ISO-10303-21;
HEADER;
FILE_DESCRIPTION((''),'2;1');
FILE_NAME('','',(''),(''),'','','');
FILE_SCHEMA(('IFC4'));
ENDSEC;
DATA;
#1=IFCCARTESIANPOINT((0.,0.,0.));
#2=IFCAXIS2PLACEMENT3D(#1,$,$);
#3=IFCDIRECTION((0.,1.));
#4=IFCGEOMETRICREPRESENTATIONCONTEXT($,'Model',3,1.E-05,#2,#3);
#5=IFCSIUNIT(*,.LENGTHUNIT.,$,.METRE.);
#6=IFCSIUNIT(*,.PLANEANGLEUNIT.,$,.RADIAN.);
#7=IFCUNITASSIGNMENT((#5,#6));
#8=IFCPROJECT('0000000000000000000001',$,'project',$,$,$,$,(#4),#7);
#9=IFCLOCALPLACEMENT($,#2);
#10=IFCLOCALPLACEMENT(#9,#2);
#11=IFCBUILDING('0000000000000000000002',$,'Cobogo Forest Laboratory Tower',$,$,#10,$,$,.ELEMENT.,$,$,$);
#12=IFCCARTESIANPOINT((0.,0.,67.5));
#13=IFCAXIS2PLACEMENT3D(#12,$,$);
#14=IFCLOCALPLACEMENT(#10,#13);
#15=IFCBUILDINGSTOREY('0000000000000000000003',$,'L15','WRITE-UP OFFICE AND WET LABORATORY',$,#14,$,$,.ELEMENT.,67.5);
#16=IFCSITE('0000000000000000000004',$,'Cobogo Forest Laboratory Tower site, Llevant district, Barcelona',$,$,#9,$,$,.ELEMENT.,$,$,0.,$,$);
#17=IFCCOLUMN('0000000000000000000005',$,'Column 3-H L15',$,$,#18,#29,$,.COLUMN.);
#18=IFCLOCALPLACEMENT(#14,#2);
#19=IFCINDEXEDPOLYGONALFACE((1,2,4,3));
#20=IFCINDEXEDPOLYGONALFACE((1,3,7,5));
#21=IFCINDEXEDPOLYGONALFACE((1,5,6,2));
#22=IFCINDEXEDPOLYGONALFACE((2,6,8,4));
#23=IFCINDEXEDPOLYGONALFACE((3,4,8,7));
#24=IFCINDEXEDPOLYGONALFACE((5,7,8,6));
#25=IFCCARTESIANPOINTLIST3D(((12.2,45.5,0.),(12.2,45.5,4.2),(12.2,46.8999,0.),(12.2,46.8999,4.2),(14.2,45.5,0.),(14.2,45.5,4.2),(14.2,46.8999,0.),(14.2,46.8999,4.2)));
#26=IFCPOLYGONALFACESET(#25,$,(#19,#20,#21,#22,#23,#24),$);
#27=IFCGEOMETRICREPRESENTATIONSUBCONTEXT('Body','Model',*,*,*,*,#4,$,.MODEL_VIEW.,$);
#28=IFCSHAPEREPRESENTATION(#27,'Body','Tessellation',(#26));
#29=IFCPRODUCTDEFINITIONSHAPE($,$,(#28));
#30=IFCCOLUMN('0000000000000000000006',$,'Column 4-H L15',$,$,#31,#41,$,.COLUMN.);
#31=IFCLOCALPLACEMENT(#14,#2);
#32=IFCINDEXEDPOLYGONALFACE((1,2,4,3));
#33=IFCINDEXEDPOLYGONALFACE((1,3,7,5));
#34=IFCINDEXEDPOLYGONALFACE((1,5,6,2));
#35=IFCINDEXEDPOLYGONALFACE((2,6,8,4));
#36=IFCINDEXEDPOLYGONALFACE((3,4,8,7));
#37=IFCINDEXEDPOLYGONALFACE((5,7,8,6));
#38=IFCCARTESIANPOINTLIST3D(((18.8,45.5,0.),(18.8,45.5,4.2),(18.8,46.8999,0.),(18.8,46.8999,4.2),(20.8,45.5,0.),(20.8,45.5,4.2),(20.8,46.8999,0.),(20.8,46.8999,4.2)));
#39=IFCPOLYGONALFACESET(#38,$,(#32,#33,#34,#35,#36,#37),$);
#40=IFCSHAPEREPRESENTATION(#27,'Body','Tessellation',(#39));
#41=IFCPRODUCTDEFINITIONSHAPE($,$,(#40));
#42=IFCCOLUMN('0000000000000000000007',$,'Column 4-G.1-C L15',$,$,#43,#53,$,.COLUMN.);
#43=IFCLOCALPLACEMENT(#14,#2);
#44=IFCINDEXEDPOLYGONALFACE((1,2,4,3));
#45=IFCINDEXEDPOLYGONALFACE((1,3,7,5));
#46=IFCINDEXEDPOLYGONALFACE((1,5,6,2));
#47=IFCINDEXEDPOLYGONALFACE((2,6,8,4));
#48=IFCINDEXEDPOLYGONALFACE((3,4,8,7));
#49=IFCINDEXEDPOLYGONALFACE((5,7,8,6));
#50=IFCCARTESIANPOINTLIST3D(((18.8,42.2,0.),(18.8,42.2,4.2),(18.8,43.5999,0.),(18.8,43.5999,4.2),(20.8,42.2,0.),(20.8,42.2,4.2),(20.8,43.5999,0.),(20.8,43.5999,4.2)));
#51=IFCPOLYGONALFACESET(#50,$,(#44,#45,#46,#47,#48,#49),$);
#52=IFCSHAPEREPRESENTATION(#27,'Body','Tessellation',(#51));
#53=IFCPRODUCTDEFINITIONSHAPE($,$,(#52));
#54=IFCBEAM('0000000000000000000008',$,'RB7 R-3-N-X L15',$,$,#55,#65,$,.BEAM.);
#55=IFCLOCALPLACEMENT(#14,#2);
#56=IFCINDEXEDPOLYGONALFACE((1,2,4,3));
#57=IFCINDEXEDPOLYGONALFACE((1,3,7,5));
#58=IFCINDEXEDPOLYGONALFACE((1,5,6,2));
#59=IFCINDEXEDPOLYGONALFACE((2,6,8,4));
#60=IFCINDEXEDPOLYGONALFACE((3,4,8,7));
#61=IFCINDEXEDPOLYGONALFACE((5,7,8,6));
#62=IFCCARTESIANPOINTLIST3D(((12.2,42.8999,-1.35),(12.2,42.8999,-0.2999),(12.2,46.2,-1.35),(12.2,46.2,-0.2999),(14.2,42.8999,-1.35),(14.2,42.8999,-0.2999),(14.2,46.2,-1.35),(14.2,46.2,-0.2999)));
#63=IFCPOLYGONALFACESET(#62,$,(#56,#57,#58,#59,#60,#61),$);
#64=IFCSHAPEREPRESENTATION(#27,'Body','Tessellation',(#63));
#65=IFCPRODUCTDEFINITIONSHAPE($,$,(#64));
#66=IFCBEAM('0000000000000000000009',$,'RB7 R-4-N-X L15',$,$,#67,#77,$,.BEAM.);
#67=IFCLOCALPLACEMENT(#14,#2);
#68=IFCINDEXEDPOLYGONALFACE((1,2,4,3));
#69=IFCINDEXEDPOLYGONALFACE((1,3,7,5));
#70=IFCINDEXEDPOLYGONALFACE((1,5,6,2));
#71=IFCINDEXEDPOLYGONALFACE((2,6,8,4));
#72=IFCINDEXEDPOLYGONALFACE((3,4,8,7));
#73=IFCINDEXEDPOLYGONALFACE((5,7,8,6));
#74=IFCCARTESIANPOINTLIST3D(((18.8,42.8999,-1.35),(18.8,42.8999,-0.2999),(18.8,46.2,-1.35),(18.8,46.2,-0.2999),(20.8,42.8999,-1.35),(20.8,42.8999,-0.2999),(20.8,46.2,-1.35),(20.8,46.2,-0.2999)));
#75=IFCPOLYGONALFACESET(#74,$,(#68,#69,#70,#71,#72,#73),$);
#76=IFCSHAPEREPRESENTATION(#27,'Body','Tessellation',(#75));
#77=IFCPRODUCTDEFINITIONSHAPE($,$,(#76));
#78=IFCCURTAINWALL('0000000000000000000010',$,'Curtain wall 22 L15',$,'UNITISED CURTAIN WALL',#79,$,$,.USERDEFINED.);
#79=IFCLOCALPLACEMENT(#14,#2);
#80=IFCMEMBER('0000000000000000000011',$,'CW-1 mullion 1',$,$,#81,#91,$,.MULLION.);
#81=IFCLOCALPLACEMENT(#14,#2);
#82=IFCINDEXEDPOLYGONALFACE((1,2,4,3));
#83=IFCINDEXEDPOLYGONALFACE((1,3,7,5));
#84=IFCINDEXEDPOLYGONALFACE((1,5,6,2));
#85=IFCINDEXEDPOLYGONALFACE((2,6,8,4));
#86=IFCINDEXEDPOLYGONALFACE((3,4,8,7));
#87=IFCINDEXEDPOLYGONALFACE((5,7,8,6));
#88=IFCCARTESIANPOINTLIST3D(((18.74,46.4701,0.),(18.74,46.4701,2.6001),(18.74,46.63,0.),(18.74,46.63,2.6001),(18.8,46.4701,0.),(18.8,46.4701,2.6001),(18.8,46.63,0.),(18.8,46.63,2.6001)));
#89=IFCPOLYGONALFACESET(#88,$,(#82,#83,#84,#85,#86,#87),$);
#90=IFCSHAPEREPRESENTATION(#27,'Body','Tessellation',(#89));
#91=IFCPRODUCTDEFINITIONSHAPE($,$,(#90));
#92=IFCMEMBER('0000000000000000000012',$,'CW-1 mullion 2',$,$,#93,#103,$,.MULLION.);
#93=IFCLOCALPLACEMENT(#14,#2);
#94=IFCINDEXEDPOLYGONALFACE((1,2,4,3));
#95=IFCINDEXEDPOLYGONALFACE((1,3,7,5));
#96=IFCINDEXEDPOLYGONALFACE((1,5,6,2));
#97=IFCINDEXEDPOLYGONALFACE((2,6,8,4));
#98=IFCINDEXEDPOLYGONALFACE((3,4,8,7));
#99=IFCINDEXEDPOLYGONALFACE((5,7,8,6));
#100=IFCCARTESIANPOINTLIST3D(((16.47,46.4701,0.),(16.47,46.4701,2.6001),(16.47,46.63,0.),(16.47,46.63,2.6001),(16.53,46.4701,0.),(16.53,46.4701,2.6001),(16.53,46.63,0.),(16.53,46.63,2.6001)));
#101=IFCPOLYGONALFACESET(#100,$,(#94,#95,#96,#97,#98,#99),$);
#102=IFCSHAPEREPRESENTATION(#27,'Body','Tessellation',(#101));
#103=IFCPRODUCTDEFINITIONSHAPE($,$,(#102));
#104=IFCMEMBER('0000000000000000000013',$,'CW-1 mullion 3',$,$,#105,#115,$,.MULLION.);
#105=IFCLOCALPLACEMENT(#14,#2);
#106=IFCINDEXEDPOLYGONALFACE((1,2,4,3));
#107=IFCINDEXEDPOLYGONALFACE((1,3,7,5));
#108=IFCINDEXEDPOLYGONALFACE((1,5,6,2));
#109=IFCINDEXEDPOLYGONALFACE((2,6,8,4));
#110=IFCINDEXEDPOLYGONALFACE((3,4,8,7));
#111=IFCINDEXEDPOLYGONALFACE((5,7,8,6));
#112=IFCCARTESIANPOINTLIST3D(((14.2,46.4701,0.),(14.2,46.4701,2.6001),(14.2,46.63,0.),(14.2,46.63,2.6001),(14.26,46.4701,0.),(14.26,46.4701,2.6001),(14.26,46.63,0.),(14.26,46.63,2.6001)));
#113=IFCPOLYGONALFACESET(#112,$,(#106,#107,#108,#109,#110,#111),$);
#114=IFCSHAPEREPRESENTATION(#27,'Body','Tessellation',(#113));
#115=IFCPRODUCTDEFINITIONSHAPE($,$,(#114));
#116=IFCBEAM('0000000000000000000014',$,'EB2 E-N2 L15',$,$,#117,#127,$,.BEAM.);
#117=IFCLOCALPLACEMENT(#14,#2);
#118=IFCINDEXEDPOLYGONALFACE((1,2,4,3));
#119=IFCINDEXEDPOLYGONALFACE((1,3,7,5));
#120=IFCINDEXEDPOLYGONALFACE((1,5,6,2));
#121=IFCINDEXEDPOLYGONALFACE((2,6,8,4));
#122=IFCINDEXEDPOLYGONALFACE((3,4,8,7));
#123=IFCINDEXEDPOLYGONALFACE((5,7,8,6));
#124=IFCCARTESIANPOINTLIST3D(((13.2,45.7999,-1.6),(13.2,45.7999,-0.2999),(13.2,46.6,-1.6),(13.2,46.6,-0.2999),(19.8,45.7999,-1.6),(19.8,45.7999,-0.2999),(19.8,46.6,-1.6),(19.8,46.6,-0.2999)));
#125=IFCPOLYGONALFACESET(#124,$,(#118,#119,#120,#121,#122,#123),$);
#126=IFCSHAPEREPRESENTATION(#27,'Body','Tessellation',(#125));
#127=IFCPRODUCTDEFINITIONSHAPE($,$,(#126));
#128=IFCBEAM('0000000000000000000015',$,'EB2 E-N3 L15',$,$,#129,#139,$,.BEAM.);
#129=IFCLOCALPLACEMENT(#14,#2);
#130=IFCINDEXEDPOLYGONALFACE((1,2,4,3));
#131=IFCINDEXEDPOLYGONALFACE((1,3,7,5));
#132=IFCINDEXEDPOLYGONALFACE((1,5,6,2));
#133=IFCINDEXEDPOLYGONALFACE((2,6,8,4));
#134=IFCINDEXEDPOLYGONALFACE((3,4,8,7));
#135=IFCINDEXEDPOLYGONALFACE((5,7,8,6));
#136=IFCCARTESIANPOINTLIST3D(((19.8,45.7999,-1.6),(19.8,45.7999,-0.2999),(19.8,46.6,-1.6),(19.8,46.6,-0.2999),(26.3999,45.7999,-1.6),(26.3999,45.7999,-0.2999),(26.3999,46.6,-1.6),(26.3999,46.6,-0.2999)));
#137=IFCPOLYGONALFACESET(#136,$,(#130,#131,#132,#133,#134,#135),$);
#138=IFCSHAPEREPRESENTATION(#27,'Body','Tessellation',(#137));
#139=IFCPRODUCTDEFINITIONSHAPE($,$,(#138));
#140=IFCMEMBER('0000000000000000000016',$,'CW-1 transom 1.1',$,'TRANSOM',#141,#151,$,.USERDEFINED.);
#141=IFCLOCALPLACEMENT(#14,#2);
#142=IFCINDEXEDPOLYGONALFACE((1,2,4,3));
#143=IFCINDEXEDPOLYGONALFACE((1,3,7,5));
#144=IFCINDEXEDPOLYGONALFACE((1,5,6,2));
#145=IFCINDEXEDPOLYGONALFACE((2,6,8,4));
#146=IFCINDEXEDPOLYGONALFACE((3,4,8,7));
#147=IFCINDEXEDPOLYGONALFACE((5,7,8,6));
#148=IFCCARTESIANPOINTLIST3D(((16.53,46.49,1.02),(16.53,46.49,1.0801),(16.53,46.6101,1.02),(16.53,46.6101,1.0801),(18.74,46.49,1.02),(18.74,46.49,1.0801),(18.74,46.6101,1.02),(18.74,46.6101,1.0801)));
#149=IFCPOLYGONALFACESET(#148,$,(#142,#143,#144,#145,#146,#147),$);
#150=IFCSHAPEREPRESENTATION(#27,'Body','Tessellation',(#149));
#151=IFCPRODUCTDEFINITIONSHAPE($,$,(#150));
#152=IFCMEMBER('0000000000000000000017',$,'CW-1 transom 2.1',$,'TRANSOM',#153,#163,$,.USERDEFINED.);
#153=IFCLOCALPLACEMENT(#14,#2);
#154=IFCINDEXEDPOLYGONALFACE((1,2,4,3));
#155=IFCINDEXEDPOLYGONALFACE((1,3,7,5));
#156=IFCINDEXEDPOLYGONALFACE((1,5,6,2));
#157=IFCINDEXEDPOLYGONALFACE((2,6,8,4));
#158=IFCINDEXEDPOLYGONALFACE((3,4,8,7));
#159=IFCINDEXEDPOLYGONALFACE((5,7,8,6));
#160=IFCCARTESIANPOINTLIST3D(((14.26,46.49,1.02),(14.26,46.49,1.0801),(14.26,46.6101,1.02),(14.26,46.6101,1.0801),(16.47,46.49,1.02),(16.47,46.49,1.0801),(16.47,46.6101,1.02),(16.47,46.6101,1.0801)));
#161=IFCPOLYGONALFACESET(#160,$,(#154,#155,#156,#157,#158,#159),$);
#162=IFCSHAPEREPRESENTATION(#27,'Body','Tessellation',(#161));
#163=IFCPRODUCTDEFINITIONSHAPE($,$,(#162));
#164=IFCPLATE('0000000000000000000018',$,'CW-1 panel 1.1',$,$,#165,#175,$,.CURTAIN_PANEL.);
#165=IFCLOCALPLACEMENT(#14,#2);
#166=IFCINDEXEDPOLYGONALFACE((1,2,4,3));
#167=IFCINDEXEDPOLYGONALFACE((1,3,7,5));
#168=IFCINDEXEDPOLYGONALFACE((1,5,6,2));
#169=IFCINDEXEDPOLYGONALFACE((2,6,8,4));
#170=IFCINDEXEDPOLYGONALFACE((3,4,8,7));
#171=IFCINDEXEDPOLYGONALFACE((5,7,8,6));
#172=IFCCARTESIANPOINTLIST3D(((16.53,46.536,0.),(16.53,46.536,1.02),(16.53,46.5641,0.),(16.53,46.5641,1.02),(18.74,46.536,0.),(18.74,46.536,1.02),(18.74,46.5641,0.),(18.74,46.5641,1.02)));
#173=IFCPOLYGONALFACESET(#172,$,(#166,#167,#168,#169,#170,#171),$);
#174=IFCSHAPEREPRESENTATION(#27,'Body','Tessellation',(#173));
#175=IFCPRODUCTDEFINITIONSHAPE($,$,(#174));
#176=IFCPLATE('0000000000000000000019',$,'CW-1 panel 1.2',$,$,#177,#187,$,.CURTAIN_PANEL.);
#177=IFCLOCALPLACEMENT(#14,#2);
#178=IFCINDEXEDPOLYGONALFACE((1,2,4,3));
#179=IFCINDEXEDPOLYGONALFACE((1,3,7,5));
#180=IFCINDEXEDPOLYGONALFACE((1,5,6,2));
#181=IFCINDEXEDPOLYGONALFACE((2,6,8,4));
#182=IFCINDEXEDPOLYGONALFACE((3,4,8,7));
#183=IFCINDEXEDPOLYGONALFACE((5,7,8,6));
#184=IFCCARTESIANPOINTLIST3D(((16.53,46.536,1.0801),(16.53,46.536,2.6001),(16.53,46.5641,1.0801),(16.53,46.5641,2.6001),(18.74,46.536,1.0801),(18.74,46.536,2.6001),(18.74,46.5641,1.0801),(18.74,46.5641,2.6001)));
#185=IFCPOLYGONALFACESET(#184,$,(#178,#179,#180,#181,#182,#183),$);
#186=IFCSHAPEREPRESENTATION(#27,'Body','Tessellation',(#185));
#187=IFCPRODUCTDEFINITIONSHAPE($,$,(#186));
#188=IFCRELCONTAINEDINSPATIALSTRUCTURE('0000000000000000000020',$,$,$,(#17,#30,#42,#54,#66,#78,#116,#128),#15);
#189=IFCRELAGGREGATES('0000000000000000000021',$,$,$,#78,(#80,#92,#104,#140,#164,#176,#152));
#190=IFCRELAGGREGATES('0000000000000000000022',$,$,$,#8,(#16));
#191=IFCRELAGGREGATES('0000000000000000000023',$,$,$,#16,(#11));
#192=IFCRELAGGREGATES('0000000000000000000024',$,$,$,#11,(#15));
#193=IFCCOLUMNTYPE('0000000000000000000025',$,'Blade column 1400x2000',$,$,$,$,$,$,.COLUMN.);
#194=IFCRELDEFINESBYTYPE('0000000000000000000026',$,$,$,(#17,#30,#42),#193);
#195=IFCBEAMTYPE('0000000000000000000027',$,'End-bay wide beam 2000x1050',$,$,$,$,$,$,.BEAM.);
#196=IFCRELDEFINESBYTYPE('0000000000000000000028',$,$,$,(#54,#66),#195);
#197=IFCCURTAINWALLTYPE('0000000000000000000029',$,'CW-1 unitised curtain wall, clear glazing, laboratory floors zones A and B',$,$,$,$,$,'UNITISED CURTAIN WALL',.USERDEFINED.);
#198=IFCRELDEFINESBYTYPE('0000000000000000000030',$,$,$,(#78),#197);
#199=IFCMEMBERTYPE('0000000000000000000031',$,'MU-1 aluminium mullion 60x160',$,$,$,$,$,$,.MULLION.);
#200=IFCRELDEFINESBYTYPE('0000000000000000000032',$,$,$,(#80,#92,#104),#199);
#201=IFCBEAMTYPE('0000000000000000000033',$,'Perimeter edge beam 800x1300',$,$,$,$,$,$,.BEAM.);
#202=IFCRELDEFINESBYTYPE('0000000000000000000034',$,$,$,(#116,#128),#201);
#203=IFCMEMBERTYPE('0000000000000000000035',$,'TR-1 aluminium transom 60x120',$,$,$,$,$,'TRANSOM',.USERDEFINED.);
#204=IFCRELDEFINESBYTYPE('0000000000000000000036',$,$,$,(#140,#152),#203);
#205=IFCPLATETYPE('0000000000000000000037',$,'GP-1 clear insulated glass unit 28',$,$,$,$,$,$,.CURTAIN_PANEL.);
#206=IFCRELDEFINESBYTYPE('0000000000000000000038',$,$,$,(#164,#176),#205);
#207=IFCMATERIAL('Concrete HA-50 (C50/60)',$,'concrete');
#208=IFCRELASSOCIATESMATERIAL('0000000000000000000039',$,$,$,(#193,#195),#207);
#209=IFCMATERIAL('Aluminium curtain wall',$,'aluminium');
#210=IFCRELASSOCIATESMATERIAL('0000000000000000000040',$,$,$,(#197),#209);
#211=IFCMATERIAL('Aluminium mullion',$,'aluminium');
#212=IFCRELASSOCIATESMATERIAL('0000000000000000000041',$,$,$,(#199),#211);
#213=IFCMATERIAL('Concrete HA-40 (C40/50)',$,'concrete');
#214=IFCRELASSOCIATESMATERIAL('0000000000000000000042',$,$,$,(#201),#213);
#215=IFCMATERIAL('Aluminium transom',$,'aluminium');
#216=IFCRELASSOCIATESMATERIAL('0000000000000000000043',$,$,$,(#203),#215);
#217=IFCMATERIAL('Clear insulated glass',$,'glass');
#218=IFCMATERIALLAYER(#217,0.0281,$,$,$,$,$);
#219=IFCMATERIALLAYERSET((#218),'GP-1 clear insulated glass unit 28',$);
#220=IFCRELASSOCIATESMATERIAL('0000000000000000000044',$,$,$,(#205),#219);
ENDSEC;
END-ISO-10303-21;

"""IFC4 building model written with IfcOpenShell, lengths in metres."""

from ifc_helpers import new_model, si_unit, direction, frame, origin, origin_2d, place, context, subcontext, project, spatial, rectangle, extrude, material, layer, layer_set, material_profile, profile_set, type_object, element, aggregate, save


model = new_model("IFC4")

# Units and contexts
model_context = context("Model", 3, precision=1e-05, world=origin(), true_north=direction((0.0, 1.0)))
body_context = subcontext(model_context, "Body", "Model", "MODEL_VIEW")
ifc_project = project(units=[si_unit("LENGTHUNIT", "METRE"), si_unit("PLANEANGLEUNIT", "RADIAN")], contexts=[model_context])

# Site, building, storey
site_placement = place(None, origin())
site = spatial("IfcSite", under=ifc_project, at=site_placement, Name="Cobogo Forest Laboratory Tower site, Llevant district, Barcelona", CompositionType="ELEMENT", RefElevation=0.0)
building_placement = place(site_placement, origin())
building = spatial("IfcBuilding", under=site, at=building_placement, Name="Cobogo Forest Laboratory Tower", CompositionType="ELEMENT")
storey_placement = place(building_placement, frame((0.0, 0.0, 67.5)))
storey = spatial("IfcBuildingStorey", under=building, at=storey_placement, Name="L15", Description="WRITE-UP OFFICE AND WET LABORATORY", CompositionType="ELEMENT", Elevation=67.5)

# Columns
ifc_material_1 = material(Name="Concrete HA-50 (C50/60)", Category="concrete")
ifc_material_profile_1 = material_profile(ifc_material_1, rectangle(XDim=2.0, YDim=1.3999, at=origin_2d()), Name="RC 1400x2000")
ifc_profile_set_1 = profile_set([ifc_material_profile_1], Name="Concrete HA-50 (C50/60)")
column_type = type_object("IfcColumnType", Name="Blade column 1400x2000", PredefinedType="COLUMN", material=ifc_profile_set_1)
for number, where, z_axis, x_axis, name in (
    (1, (13.2, 46.2, 0.0), (0.0, 0.0, 1.0), (1.0, 0.0, 0.0), "Column 3-H L15"),
    (2, (19.8, 46.2, 0.0), (0.0, 0.0, 1.0), (1.0, 0.0, 0.0), "Column 4-H L15"),
    (3, (19.8, 42.8999, 0.0), (0.0, 0.0, 1.0), (1.0, 0.0, 0.0), "Column 4-G.1-C L15"),
):
    element("IfcColumn", number, at=place(storey_placement, frame(where, z_axis=z_axis, x_axis=x_axis)), inside=storey, type_object=column_type, Name=name, PredefinedType="COLUMN", context=body_context, shape_type="SweptSolid", body=[
        extrude(rectangle(XDim=2.0, YDim=1.3999, at=origin_2d()), origin(), (0.0, 0.0, 1.0), 4.2),
    ])

# Beams
ifc_material_profile_2 = material_profile(ifc_material_1, rectangle(XDim=2.0, YDim=1.05, at=origin_2d()), Name="RC 2000x1050")
ifc_profile_set_2 = profile_set([ifc_material_profile_2], Name="Concrete HA-50 (C50/60)")
beam_type_1 = type_object("IfcBeamType", Name="End-bay wide beam 2000x1050", PredefinedType="BEAM", material=ifc_profile_set_2)
for number, where, z_axis, x_axis, name in (
    (4, (13.2, 46.2, -0.825), (0.0, -1.0, 0.0), (1.0, 0.0, 0.0), "RB7 R-3-N-X L15"),
    (5, (19.8, 46.2, -0.825), (0.0, -1.0, 0.0), (1.0, 0.0, 0.0), "RB7 R-4-N-X L15"),
):
    element("IfcBeam", number, at=place(storey_placement, frame(where, z_axis=z_axis, x_axis=x_axis)), inside=storey, type_object=beam_type_1, Name=name, PredefinedType="BEAM", context=body_context, shape_type="SweptSolid", body=[
        extrude(rectangle(XDim=2.0, YDim=1.05, at=origin_2d()), origin(), (0.0, 0.0, 1.0), 3.3),
    ])

# Curtain wall, members
ifc_material_2 = material(Name="Aluminium curtain wall", Category="aluminium")
curtain_wall_type = type_object("IfcCurtainWallType", Name="CW-1 unitised curtain wall, clear glazing, laboratory floors zones A and B", ElementType="UNITISED CURTAIN WALL", PredefinedType="USERDEFINED", material=ifc_material_2)
curtain_wall_placement = place(storey_placement, origin())
curtain_wall = element("IfcCurtainWall", 6, at=curtain_wall_placement, inside=storey, type_object=curtain_wall_type, Name="Curtain wall 22 L15", ObjectType="UNITISED CURTAIN WALL", PredefinedType="USERDEFINED")
ifc_material_3 = material(Name="Aluminium mullion", Category="aluminium")
ifc_material_profile_3 = material_profile(ifc_material_3, rectangle(XDim=0.0601, YDim=0.1599, at=origin_2d()), Name="AL 60x160")
ifc_profile_set_3 = profile_set([ifc_material_profile_3], Name="Aluminium mullion")
member_type_1 = type_object("IfcMemberType", Name="MU-1 aluminium mullion 60x160", PredefinedType="MULLION", material=ifc_profile_set_3)
member_1_placement = place(storey_placement, frame((18.77, 46.55, 0.0), z_axis=(0.0, 0.0, 1.0), x_axis=(-1.0, 0.0, 0.0)))
member_1 = element("IfcMember", 7, at=member_1_placement, type_object=member_type_1, Name="CW-1 mullion 1", PredefinedType="MULLION", context=body_context, shape_type="SweptSolid", body=[
    extrude(rectangle(XDim=0.0601, YDim=0.1599, at=origin_2d()), origin(), (0.0, 0.0, 1.0), 2.6001),
])
member_2_placement = place(storey_placement, frame((16.5, 46.55, 0.0), z_axis=(0.0, 0.0, 1.0), x_axis=(-1.0, 0.0, 0.0)))
member_2 = element("IfcMember", 8, at=member_2_placement, type_object=member_type_1, Name="CW-1 mullion 2", PredefinedType="MULLION", context=body_context, shape_type="SweptSolid", body=[
    extrude(rectangle(XDim=0.0601, YDim=0.1599, at=origin_2d()), origin(), (0.0, 0.0, 1.0), 2.6001),
])
member_3_placement = place(storey_placement, frame((14.23, 46.55, 0.0), z_axis=(0.0, 0.0, 1.0), x_axis=(-1.0, 0.0, 0.0)))
member_3 = element("IfcMember", 9, at=member_3_placement, type_object=member_type_1, Name="CW-1 mullion 3", PredefinedType="MULLION", context=body_context, shape_type="SweptSolid", body=[
    extrude(rectangle(XDim=0.0601, YDim=0.1599, at=origin_2d()), origin(), (0.0, 0.0, 1.0), 2.6001),
])

# Beams
ifc_material_4 = material(Name="Concrete HA-40 (C40/50)", Category="concrete")
ifc_material_profile_4 = material_profile(ifc_material_4, rectangle(XDim=0.8, YDim=1.3, at=origin_2d()), Name="RC 800x1300")
ifc_profile_set_4 = profile_set([ifc_material_profile_4], Name="Concrete HA-40 (C40/50)")
beam_type_2 = type_object("IfcBeamType", Name="Perimeter edge beam 800x1300", PredefinedType="BEAM", material=ifc_profile_set_4)
beam_1_placement = place(storey_placement, frame((13.2, 46.2, -0.95), z_axis=(1.0, 0.0, 0.0), x_axis=(0.0, 1.0, 0.0)))
element("IfcBeam", 10, at=beam_1_placement, inside=storey, type_object=beam_type_2, Name="EB2 E-N2 L15", PredefinedType="BEAM", context=body_context, shape_type="SweptSolid", body=[
    extrude(rectangle(XDim=0.8, YDim=1.3, at=origin_2d()), origin(), (0.0, 0.0, 1.0), 6.6001),
])
beam_2_placement = place(storey_placement, frame((19.8, 46.2, -0.95), z_axis=(1.0, 0.0, 0.0), x_axis=(0.0, 1.0, 0.0)))
element("IfcBeam", 11, at=beam_2_placement, inside=storey, type_object=beam_type_2, Name="EB2 E-N3 L15", PredefinedType="BEAM", context=body_context, shape_type="SweptSolid", body=[
    extrude(rectangle(XDim=0.8, YDim=1.3, at=origin_2d()), origin(), (0.0, 0.0, 1.0), 6.5999),
])

# Members
ifc_material_5 = material(Name="Aluminium transom", Category="aluminium")
ifc_material_profile_5 = material_profile(ifc_material_5, rectangle(XDim=0.1201, YDim=0.0601, at=origin_2d()), Name="AL 60x120")
ifc_profile_set_5 = profile_set([ifc_material_profile_5], Name="Aluminium transom")
member_type_2 = type_object("IfcMemberType", Name="TR-1 aluminium transom 60x120", ElementType="TRANSOM", PredefinedType="USERDEFINED", material=ifc_profile_set_5)
member_4_placement = place(storey_placement, frame((18.74, 46.55, 1.05), z_axis=(-1.0, 0.0, 0.0), x_axis=(0.0, -1.0, 0.0)))
member_4 = element("IfcMember", 12, at=member_4_placement, type_object=member_type_2, Name="CW-1 transom 1.1", ObjectType="TRANSOM", PredefinedType="USERDEFINED", context=body_context, shape_type="SweptSolid", body=[
    extrude(rectangle(XDim=0.1201, YDim=0.0601, at=origin_2d()), origin(), (0.0, 0.0, 1.0), 2.21),
])
member_5_placement = place(storey_placement, frame((16.47, 46.55, 1.05), z_axis=(-1.0, 0.0, 0.0), x_axis=(0.0, -1.0, 0.0)))
member_5 = element("IfcMember", 13, at=member_5_placement, type_object=member_type_2, Name="CW-1 transom 2.1", ObjectType="TRANSOM", PredefinedType="USERDEFINED", context=body_context, shape_type="SweptSolid", body=[
    extrude(rectangle(XDim=0.1201, YDim=0.0601, at=origin_2d()), origin(), (0.0, 0.0, 1.0), 2.21),
])

# Plates
ifc_material_6 = material(Name="Clear insulated glass", Category="glass")
ifc_layer_1 = layer(ifc_material_6, 0.0281)
ifc_layer_set_1 = layer_set([ifc_layer_1], Name="GP-1 clear insulated glass unit 28")
plate_type_1 = type_object("IfcPlateType", Name="GP-1 clear insulated glass unit 28", PredefinedType="CURTAIN_PANEL", material=ifc_layer_set_1)
plate_1_placement = place(storey_placement, frame((17.635, 46.55, 0.0), z_axis=(0.0, 0.0, 1.0), x_axis=(-1.0, 0.0, 0.0)))
plate_1 = element("IfcPlate", 14, at=plate_1_placement, type_object=plate_type_1, Name="CW-1 panel 1.1", PredefinedType="CURTAIN_PANEL", context=body_context, shape_type="SweptSolid", body=[
    extrude(rectangle(XDim=2.21, YDim=0.0281, at=origin_2d()), origin(), (0.0, 0.0, 1.0), 1.02),
])
plate_2_placement = place(storey_placement, frame((17.635, 46.55, 1.0801), z_axis=(0.0, 0.0, 1.0), x_axis=(-1.0, 0.0, 0.0)))
plate_2 = element("IfcPlate", 15, at=plate_2_placement, type_object=plate_type_1, Name="CW-1 panel 1.2", PredefinedType="CURTAIN_PANEL", context=body_context, shape_type="SweptSolid", body=[
    extrude(rectangle(XDim=2.21, YDim=0.0281, at=origin_2d()), origin(), (0.0, 0.0, 1.0), 1.52),
])
aggregate(curtain_wall, [member_1, member_2, member_3, member_4, plate_1, plate_2, member_5])

save(model, "model.ifc")
